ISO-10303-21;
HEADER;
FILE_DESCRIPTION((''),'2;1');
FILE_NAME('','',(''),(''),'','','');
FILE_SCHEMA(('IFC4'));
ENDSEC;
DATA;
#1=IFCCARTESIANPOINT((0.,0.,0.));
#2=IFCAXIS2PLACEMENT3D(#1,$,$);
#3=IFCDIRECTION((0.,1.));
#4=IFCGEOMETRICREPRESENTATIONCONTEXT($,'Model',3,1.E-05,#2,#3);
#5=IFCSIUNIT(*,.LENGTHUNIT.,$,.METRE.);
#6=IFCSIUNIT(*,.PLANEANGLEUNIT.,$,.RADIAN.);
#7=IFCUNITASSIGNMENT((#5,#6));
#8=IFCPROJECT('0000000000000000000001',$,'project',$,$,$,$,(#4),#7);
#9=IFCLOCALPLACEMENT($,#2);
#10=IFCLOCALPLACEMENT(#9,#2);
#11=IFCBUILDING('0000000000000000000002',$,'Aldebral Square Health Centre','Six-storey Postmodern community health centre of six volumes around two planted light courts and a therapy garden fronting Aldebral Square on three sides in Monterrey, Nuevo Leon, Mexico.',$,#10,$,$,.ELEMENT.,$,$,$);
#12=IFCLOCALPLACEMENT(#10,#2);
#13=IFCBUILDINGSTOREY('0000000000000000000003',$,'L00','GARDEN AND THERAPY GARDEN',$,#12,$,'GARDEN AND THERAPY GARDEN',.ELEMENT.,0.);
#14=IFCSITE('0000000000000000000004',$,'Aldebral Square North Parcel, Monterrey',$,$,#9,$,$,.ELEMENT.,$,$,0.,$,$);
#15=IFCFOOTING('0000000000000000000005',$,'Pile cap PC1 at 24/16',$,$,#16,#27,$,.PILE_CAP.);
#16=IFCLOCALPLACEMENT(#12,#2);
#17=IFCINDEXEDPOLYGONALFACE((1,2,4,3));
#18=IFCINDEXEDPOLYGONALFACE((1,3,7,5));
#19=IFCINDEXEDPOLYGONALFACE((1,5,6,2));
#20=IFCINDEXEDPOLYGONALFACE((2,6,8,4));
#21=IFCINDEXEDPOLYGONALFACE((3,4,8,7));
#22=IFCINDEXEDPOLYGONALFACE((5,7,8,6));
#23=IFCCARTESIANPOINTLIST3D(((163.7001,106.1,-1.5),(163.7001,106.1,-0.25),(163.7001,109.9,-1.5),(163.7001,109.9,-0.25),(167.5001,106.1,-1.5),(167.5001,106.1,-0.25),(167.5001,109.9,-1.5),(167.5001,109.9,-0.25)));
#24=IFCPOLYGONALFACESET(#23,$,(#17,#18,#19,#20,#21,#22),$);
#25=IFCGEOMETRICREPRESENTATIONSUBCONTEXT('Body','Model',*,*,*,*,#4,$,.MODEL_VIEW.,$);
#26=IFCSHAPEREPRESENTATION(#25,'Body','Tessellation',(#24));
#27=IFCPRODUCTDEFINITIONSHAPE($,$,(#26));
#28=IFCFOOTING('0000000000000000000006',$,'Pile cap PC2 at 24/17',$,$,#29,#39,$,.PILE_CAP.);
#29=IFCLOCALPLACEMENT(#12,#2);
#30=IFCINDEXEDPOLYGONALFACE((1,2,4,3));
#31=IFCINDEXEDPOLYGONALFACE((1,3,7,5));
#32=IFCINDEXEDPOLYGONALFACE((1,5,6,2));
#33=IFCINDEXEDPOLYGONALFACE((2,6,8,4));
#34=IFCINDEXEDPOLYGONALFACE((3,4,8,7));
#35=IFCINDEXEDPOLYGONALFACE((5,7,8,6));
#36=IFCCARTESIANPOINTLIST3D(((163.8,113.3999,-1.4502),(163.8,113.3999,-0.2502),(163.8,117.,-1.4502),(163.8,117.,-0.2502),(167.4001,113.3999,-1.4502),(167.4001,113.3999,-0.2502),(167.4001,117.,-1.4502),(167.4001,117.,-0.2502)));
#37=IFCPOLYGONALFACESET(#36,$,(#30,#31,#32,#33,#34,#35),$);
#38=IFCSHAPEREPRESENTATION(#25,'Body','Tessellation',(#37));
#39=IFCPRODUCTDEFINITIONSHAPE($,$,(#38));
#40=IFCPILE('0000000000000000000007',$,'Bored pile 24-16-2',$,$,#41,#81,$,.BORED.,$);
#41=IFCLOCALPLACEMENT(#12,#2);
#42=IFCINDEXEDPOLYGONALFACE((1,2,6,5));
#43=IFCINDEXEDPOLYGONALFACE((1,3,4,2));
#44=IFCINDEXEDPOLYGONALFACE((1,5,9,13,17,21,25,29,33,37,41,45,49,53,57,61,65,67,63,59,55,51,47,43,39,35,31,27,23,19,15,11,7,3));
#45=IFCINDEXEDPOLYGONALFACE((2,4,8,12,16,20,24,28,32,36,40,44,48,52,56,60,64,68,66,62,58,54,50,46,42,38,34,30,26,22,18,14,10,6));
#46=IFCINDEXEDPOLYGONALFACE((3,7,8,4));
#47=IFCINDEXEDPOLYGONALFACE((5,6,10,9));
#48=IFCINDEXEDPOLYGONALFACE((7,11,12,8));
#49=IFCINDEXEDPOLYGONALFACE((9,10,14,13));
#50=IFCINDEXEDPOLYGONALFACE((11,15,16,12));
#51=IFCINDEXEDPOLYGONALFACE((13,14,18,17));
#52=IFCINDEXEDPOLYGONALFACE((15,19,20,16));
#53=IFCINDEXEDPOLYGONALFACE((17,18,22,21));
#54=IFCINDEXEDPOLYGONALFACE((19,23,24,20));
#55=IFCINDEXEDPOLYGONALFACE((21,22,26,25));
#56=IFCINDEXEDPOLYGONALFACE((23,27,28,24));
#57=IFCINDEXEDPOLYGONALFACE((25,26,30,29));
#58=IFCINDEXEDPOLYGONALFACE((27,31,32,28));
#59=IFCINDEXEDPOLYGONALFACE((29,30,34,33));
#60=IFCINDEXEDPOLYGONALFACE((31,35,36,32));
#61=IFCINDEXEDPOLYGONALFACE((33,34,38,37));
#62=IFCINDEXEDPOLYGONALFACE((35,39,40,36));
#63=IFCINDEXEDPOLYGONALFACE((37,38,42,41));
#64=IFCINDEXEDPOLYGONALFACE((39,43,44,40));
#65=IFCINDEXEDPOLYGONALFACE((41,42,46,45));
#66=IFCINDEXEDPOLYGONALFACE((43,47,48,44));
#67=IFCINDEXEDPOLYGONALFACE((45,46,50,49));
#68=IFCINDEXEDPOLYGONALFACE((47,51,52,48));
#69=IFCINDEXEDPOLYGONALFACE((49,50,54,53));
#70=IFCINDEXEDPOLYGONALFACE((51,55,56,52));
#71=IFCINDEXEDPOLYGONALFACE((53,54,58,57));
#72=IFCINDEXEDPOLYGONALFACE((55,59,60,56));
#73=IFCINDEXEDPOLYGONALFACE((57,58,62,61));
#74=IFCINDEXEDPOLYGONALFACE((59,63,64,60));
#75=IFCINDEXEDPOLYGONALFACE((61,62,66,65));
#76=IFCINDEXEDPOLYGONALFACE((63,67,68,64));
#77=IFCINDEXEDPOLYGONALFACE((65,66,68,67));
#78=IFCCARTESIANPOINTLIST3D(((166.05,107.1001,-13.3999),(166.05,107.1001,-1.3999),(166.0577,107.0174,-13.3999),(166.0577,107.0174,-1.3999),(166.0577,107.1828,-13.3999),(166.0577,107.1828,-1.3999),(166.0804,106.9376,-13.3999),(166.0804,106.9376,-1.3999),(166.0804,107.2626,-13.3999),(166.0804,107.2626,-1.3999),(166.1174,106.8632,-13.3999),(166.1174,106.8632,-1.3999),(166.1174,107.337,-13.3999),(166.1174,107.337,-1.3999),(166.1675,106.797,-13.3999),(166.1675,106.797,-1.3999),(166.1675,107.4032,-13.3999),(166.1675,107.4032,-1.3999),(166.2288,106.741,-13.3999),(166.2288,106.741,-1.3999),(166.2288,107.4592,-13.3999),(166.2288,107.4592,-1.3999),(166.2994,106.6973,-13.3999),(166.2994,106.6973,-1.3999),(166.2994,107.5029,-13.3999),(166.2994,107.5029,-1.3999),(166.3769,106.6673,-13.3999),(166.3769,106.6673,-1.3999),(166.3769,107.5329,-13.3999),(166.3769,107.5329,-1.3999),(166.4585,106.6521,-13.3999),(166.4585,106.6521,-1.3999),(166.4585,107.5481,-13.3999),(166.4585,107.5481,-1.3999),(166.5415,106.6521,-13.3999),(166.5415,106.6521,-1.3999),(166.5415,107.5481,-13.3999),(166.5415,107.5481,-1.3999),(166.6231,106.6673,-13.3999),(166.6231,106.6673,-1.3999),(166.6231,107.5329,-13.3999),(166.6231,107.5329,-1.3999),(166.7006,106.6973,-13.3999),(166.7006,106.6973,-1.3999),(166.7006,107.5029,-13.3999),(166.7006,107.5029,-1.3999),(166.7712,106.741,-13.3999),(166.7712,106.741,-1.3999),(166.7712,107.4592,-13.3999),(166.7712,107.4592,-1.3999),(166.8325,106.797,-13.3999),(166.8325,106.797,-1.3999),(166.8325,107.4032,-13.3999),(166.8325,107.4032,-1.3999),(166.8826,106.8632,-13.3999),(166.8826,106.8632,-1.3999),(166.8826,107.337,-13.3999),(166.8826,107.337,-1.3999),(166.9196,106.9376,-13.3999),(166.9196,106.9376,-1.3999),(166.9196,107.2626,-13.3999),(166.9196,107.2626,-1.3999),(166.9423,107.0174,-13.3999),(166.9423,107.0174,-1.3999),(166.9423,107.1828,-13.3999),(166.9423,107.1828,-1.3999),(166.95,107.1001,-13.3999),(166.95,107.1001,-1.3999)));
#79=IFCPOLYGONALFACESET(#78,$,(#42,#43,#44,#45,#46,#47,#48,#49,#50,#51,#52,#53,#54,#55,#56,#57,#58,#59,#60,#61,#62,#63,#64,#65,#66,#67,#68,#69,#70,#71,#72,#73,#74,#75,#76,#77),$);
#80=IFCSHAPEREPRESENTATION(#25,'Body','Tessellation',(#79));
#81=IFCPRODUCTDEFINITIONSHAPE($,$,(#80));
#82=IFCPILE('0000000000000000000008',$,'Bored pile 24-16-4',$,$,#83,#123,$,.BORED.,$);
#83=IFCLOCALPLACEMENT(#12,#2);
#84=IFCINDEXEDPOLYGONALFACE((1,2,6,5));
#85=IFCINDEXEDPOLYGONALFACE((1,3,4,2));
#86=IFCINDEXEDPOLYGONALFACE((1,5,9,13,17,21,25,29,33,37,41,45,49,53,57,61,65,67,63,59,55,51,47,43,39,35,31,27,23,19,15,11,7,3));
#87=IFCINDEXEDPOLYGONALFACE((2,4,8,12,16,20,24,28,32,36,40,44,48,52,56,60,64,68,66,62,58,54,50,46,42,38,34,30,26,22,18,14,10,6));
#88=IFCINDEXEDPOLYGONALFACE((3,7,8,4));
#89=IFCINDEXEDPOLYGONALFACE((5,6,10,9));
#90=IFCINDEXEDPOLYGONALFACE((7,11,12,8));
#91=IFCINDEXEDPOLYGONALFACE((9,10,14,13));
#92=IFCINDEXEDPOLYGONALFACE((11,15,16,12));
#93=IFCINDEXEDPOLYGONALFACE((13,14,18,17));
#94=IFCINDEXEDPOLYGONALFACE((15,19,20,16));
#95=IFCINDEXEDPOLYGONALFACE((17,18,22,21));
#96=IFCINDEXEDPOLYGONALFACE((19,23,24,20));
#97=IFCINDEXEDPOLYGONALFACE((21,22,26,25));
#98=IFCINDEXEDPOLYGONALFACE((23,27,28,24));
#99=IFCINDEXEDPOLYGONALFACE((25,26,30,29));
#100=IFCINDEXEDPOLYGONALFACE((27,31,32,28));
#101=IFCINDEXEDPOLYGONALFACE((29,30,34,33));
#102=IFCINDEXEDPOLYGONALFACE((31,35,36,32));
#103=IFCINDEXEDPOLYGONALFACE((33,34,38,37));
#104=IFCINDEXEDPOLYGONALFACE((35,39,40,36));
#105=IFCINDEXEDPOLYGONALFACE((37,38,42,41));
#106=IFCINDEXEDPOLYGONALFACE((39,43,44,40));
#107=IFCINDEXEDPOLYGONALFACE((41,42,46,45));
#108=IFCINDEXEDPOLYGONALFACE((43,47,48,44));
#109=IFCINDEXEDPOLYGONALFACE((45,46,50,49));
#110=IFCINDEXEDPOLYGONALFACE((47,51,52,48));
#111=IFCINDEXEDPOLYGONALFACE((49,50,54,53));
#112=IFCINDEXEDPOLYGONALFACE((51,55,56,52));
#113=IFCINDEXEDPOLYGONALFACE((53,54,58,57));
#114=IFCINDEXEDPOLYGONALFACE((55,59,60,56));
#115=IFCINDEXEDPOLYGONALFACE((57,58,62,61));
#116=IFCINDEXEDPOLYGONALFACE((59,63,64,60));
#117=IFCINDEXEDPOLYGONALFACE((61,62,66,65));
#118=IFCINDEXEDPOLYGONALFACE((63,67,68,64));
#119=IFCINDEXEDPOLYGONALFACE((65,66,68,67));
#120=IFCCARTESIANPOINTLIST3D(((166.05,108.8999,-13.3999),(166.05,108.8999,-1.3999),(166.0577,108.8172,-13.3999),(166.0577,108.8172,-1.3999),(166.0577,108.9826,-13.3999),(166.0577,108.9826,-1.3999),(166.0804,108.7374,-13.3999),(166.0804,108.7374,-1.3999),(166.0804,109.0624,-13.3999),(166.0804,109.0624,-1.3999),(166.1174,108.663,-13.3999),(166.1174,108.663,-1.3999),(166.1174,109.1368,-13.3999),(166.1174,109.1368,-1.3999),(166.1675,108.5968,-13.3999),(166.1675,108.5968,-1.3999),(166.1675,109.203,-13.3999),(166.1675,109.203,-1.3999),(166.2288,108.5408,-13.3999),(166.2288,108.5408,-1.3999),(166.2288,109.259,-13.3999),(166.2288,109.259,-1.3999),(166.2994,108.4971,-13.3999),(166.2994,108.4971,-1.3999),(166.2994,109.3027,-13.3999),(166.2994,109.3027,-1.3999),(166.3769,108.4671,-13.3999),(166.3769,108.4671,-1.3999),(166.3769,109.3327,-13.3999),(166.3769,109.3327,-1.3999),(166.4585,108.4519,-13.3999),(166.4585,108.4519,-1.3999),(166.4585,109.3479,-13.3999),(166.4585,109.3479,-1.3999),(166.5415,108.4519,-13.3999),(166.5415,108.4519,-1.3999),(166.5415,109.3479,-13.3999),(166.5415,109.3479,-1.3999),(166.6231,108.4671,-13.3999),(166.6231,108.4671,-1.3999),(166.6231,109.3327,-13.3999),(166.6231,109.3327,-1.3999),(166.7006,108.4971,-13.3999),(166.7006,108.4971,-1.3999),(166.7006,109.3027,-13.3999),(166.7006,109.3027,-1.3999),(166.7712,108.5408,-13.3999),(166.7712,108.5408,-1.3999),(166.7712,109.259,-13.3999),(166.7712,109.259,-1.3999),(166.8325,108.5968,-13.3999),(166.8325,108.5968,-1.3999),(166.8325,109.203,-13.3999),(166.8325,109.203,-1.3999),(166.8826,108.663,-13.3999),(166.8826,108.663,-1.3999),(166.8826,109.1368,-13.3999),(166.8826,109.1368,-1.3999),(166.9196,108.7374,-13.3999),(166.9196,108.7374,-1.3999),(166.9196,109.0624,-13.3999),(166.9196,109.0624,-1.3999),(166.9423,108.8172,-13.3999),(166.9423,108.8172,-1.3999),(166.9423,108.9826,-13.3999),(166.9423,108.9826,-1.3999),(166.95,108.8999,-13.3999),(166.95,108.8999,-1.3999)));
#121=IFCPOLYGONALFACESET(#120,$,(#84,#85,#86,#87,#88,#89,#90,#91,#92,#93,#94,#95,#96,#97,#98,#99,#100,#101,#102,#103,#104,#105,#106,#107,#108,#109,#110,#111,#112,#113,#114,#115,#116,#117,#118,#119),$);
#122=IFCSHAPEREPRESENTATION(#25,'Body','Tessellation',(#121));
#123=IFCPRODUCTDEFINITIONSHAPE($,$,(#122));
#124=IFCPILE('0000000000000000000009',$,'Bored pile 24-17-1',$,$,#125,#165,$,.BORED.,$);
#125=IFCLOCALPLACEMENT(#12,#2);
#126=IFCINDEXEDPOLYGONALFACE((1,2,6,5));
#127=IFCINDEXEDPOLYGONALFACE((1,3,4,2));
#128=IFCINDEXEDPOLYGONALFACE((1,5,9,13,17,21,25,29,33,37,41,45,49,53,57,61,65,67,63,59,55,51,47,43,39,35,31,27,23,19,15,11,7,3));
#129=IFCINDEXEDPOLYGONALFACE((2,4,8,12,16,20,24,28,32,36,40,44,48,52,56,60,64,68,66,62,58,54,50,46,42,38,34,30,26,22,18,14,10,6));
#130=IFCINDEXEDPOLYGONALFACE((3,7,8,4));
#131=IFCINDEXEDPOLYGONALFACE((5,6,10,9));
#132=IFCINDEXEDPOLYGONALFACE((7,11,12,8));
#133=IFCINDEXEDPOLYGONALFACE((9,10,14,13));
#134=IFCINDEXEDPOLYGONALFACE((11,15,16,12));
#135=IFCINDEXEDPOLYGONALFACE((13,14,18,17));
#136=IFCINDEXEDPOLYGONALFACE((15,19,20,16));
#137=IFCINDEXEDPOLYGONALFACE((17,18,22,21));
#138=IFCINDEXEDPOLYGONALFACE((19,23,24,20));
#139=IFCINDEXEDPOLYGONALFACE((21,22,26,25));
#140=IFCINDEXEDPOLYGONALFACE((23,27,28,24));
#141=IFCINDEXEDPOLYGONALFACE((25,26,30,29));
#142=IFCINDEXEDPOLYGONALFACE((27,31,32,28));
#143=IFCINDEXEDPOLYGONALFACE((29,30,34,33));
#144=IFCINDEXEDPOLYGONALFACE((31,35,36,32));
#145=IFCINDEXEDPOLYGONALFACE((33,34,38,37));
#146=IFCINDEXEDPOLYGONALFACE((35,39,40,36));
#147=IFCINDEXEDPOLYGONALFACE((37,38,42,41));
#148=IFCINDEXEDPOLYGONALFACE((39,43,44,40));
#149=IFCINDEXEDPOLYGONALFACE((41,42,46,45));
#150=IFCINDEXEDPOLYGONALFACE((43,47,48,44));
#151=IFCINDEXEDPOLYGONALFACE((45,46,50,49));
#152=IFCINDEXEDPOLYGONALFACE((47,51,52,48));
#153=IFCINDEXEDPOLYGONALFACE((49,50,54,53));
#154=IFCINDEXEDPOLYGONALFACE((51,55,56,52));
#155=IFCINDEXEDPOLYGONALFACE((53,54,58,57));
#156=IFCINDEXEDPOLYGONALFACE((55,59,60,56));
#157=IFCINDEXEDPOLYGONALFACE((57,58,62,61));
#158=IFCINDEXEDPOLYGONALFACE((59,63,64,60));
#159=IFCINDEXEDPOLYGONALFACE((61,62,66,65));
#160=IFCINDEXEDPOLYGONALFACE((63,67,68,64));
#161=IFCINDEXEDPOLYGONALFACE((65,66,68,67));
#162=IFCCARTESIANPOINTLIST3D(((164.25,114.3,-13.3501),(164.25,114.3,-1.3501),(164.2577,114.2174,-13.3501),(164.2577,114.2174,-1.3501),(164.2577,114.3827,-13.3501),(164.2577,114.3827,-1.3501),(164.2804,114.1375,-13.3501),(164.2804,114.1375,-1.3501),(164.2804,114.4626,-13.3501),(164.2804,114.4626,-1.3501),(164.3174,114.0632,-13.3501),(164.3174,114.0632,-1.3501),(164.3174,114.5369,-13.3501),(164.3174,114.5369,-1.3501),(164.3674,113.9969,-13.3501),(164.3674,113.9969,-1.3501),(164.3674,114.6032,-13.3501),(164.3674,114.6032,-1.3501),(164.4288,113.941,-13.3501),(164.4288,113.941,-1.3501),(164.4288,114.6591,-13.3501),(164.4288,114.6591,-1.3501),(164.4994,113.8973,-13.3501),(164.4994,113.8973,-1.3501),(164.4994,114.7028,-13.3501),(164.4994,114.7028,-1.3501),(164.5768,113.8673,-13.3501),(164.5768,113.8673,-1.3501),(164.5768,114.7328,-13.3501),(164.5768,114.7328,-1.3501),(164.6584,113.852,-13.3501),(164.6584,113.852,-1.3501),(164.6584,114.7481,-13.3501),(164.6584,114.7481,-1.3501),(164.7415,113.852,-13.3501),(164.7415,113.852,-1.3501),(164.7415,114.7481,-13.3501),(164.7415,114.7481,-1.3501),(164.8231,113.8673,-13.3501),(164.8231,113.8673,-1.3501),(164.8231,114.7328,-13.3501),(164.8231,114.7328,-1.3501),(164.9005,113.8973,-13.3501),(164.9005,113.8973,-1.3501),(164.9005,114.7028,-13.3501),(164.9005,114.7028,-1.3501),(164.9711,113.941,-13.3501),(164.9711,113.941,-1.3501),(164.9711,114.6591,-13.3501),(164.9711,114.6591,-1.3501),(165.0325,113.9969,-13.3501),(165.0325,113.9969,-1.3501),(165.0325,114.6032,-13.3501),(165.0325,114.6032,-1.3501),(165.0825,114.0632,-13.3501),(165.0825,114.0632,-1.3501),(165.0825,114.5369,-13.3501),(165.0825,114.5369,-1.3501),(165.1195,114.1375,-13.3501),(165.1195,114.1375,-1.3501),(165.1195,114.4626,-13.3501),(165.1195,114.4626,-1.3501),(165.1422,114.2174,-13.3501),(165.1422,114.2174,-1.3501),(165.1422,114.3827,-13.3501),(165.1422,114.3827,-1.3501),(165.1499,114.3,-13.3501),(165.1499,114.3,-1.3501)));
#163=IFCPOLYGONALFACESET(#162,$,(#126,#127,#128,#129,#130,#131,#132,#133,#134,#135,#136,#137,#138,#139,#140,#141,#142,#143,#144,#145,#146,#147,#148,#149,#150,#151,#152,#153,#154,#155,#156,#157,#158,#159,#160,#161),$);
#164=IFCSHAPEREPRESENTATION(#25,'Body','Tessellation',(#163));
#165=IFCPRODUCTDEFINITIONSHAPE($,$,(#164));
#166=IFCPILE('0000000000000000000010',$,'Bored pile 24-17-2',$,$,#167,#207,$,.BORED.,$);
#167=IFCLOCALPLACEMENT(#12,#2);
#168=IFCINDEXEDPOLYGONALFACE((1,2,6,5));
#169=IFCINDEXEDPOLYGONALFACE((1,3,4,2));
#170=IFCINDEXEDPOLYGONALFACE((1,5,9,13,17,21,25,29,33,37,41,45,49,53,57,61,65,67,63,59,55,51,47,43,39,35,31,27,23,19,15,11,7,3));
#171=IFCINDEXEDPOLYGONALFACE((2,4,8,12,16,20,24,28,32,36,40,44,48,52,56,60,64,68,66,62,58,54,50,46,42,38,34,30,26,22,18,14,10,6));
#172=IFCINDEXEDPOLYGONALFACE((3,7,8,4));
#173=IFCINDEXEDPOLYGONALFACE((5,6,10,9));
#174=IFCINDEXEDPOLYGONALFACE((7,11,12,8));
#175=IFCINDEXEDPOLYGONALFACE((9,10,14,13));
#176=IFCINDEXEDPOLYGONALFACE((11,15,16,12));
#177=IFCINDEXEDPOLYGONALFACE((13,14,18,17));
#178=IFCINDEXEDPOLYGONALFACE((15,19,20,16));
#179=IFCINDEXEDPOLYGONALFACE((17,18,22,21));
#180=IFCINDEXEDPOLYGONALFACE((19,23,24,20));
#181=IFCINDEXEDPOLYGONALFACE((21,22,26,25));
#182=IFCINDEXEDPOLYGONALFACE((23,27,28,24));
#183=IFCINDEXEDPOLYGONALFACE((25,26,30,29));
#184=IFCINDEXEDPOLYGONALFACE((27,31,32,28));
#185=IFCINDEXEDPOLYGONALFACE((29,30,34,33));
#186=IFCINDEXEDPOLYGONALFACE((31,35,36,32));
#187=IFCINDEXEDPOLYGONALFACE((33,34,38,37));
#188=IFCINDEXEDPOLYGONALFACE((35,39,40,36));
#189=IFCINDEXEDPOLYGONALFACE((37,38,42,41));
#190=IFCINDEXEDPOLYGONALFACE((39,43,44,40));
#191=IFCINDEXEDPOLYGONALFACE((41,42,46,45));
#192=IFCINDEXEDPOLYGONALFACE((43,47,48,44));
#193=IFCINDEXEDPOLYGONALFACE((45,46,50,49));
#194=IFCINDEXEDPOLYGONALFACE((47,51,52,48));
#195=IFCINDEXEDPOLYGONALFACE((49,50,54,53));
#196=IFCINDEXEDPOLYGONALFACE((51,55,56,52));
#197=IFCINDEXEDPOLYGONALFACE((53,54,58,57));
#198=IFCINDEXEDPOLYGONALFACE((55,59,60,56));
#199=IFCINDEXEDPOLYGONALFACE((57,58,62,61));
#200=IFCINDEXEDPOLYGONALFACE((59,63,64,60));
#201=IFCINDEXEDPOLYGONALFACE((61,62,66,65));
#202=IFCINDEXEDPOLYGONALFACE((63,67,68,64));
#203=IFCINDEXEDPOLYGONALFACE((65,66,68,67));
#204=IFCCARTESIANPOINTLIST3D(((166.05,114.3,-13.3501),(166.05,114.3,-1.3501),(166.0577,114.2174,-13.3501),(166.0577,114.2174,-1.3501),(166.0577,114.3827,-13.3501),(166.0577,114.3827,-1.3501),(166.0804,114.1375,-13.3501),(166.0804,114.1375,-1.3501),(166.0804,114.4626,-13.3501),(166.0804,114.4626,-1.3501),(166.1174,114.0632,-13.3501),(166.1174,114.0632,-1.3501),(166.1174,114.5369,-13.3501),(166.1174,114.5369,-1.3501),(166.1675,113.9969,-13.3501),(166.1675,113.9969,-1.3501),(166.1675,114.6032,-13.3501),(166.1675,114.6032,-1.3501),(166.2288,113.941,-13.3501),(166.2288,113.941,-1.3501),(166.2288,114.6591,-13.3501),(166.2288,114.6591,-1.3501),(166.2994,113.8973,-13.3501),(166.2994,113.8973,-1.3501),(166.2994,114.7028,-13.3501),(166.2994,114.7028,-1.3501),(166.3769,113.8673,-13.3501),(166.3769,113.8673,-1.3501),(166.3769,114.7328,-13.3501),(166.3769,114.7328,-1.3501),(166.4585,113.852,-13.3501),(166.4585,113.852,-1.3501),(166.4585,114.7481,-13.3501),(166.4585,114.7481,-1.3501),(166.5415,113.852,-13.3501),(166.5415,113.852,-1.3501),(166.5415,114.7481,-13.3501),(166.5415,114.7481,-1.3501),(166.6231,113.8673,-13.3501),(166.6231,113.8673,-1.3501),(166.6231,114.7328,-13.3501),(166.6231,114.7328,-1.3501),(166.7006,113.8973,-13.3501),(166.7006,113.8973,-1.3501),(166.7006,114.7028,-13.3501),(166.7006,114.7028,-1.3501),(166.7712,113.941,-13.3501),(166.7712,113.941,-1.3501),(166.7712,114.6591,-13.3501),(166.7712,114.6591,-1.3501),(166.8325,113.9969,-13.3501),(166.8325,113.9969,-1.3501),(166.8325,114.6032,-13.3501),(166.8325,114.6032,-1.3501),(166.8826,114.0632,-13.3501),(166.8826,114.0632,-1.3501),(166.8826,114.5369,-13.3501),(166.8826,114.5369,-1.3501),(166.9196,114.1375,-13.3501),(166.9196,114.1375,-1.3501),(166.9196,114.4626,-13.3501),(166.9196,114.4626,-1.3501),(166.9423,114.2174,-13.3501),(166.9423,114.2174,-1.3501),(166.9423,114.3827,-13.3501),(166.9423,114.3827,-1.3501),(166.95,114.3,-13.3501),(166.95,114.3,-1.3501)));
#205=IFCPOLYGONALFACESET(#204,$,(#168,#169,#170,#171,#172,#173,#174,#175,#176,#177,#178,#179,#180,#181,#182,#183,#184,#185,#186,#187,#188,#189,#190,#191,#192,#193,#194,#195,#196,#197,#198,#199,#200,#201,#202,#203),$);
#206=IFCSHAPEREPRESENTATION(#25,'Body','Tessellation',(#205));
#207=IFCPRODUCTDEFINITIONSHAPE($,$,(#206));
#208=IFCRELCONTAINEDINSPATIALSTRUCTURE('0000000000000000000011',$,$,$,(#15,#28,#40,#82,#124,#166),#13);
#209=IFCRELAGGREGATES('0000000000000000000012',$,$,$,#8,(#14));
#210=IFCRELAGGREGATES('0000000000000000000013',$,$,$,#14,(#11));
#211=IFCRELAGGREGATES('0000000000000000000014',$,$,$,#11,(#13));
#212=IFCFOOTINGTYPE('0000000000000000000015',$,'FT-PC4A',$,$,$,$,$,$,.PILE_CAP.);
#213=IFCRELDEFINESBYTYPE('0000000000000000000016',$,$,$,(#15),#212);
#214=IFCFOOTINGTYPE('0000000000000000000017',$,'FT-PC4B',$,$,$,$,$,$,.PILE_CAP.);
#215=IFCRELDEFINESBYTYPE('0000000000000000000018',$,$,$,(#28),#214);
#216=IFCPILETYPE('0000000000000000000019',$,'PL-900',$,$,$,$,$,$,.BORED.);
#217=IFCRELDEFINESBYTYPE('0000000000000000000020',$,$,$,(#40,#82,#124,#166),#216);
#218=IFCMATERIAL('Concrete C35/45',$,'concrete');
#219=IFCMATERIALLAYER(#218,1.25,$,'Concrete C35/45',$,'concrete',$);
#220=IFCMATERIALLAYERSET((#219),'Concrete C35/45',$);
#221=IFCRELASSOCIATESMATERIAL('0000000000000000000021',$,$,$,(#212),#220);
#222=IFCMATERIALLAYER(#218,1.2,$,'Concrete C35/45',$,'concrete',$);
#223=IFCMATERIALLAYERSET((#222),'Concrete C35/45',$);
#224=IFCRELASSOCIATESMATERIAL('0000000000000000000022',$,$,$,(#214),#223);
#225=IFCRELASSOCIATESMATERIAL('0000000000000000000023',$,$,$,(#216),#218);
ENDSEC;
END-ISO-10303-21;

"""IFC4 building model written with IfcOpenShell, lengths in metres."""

from ifc_helpers import new_model, si_unit, direction, frame, origin, origin_2d, place, context, subcontext, project, spatial, rectangle, circle, extrude, material, layer, layer_set, material_profile, profile_set, type_object, element, save


model = new_model("IFC4")

# Units and contexts
model_context = context("Model", 3, precision=1e-05, world=origin(), true_north=direction((0.0, 1.0)))
body_context = subcontext(model_context, "Body", "Model", "MODEL_VIEW")
ifc_project = project(units=[si_unit("LENGTHUNIT", "METRE"), si_unit("PLANEANGLEUNIT", "RADIAN")], contexts=[model_context])

# Site, building, storey
site_placement = place(None, origin())
site = spatial("IfcSite", under=ifc_project, at=site_placement, Name="Aldebral Square North Parcel, Monterrey", CompositionType="ELEMENT", RefElevation=0.0)
building_placement = place(site_placement, origin())
building = spatial("IfcBuilding", under=site, at=building_placement, Name="Aldebral Square Health Centre", Description="Six-storey Postmodern community health centre of six volumes around two planted light courts and a therapy garden fronting Aldebral Square on three sides in Monterrey, Nuevo Leon, Mexico.", CompositionType="ELEMENT")
storey_placement = place(building_placement, origin())
storey = spatial("IfcBuildingStorey", under=building, at=storey_placement, Name="L00", Description="GARDEN AND THERAPY GARDEN", LongName="GARDEN AND THERAPY GARDEN", CompositionType="ELEMENT", Elevation=0.0)

# Footings
ifc_material_1 = material(Name="Concrete C35/45", Category="concrete")
ifc_layer_1 = layer(ifc_material_1, 1.25, Name="Concrete C35/45", Category="concrete")
ifc_layer_set_1 = layer_set([ifc_layer_1], Name="Concrete C35/45")
footing_type_1 = type_object("IfcFootingType", Name="FT-PC4A", PredefinedType="PILE_CAP", material=ifc_layer_set_1)
footing_1_placement = place(storey_placement, frame((165.6001, 108.0, -1.5), z_axis=(0.0, 0.0, 1.0), x_axis=(1.0, 0.0, 0.0)))
element("IfcFooting", 1, at=footing_1_placement, inside=storey, type_object=footing_type_1, Name="Pile cap PC1 at 24/16", PredefinedType="PILE_CAP", context=body_context, shape_type="SweptSolid", body=[
    extrude(rectangle(XDim=3.8, YDim=3.8, at=origin_2d()), origin(), (0.0, 0.0, 1.0), 1.25),
])
ifc_layer_2 = layer(ifc_material_1, 1.2, Name="Concrete C35/45", Category="concrete")
ifc_layer_set_2 = layer_set([ifc_layer_2], Name="Concrete C35/45")
footing_type_2 = type_object("IfcFootingType", Name="FT-PC4B", PredefinedType="PILE_CAP", material=ifc_layer_set_2)
footing_2_placement = place(storey_placement, frame((165.6001, 115.2, -1.4502), z_axis=(0.0, 0.0, 1.0), x_axis=(1.0, 0.0, 0.0)))
element("IfcFooting", 2, at=footing_2_placement, inside=storey, type_object=footing_type_2, Name="Pile cap PC2 at 24/17", PredefinedType="PILE_CAP", context=body_context, shape_type="SweptSolid", body=[
    extrude(rectangle(XDim=3.6001, YDim=3.6001, at=origin_2d()), origin(), (0.0, 0.0, 1.0), 1.2),
])

# Piles
ifc_material_profile_1 = material_profile(ifc_material_1, circle(Radius=0.45, at=origin_2d()), Name="PILE D900")
ifc_profile_set_1 = profile_set([ifc_material_profile_1], Name="Concrete C35/45")
pile_type = type_object("IfcPileType", Name="PL-900", PredefinedType="BORED", material=ifc_profile_set_1)
for number, where, z_axis, x_axis, name in (
    (3, (166.5, 107.1001, -1.3999), (0.0, 0.0, -1.0), (1.0, 0.0, 0.0), "Bored pile 24-16-2"),
    (4, (166.5, 108.8999, -1.3999), (0.0, 0.0, -1.0), (1.0, 0.0, 0.0), "Bored pile 24-16-4"),
    (5, (164.7, 114.3, -1.3501), (0.0, 0.0, -1.0), (1.0, 0.0, 0.0), "Bored pile 24-17-1"),
    (6, (166.5, 114.3, -1.3501), (0.0, 0.0, -1.0), (1.0, 0.0, 0.0), "Bored pile 24-17-2"),
):
    element("IfcPile", number, at=place(storey_placement, frame(where, z_axis=z_axis, x_axis=x_axis)), inside=storey, type_object=pile_type, Name=name, PredefinedType="BORED", context=body_context, shape_type="SweptSolid", body=[
        extrude(circle(Radius=0.45, at=origin_2d()), origin(), (0.0, 0.0, 1.0), 12.0),
    ])

save(model, "model.ifc")
